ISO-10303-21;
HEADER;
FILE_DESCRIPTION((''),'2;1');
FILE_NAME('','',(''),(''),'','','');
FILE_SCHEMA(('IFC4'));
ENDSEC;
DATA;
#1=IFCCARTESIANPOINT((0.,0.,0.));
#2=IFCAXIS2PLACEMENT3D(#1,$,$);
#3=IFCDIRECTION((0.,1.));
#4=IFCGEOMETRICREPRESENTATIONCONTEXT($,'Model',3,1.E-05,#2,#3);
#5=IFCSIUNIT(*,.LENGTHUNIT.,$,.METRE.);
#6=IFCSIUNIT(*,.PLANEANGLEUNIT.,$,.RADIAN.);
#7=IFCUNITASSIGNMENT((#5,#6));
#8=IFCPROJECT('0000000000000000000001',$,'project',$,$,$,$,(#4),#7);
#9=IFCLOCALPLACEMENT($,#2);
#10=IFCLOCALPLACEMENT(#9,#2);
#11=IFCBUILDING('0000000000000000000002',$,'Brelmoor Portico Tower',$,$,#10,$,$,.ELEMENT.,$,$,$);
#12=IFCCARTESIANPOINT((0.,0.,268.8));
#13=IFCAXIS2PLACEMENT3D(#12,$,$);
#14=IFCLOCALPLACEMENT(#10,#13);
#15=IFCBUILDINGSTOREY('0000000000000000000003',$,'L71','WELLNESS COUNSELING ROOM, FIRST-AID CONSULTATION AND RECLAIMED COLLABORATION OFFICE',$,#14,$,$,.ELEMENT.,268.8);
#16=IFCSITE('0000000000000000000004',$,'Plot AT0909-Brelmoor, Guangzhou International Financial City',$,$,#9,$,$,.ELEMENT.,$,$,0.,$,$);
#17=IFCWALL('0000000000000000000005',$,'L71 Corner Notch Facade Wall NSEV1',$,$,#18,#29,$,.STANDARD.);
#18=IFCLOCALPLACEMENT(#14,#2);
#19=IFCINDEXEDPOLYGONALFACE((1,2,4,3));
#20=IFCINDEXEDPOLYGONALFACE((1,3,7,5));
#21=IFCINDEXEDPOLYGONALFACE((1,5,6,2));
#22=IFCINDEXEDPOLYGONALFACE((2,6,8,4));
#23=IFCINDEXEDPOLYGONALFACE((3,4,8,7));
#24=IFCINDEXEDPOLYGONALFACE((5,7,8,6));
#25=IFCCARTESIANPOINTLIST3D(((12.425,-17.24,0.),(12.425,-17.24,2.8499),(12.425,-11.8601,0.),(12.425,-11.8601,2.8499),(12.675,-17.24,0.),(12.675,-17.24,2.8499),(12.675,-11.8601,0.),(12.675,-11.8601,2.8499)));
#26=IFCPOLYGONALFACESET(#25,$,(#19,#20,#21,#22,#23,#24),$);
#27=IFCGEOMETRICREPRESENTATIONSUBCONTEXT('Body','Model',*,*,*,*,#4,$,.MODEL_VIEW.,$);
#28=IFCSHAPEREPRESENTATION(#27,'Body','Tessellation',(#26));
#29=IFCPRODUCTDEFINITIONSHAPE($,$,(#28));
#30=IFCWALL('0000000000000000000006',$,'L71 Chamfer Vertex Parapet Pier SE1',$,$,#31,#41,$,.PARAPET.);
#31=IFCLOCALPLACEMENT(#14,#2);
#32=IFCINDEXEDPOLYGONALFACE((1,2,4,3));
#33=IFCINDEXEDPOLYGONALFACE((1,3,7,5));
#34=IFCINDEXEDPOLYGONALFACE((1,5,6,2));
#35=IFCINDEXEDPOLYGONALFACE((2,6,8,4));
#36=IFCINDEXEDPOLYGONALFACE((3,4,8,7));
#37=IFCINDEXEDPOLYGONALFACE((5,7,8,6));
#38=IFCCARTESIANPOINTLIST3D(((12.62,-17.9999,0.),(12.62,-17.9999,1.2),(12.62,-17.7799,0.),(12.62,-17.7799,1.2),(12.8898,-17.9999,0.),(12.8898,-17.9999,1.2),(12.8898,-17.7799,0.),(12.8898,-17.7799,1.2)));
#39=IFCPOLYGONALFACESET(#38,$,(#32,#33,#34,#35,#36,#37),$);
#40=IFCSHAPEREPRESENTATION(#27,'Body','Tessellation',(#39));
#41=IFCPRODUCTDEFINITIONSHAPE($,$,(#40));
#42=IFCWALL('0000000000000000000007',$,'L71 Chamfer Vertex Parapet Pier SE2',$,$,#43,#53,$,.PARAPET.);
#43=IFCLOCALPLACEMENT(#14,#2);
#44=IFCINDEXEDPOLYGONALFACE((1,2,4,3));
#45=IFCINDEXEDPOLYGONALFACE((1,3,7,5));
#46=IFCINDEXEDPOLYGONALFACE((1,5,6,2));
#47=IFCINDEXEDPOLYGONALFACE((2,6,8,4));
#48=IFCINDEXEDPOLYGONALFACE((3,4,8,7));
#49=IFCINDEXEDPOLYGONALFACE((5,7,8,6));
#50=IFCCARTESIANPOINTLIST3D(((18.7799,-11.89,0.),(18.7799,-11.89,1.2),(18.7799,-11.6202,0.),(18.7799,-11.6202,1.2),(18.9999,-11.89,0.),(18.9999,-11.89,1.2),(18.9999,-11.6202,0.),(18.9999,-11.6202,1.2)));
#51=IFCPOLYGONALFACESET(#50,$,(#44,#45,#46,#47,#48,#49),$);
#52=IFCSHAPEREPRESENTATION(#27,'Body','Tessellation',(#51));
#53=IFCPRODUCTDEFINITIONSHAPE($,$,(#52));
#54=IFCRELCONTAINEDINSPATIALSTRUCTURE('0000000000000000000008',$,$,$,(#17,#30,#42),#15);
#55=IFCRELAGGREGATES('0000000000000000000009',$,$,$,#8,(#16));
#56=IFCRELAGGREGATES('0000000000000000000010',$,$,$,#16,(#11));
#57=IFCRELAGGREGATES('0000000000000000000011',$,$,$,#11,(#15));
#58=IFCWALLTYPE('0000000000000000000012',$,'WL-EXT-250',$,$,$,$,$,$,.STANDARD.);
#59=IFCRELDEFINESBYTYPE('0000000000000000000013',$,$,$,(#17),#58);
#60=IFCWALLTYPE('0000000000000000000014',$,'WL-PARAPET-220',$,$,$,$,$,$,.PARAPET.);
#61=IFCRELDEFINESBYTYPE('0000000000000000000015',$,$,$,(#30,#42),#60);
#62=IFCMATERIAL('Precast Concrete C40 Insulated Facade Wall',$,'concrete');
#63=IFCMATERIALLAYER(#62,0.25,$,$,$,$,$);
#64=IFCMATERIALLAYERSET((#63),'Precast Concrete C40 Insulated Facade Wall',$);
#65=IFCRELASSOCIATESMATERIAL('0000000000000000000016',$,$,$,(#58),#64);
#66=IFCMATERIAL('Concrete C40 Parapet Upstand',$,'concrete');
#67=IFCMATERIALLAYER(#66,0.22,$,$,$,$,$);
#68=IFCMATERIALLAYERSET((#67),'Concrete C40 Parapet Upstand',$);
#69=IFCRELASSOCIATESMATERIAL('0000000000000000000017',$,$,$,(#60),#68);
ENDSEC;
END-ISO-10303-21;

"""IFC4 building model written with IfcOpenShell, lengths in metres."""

from ifc_helpers import new_model, si_unit, direction, frame, frame_2d, origin, place, context, subcontext, project, spatial, rectangle, extrude, material, layer, layer_set, type_object, element, save


model = new_model("IFC4")

# Units and contexts
model_context = context("Model", 3, precision=1e-05, world=origin(), true_north=direction((0.0, 1.0)))
body_context = subcontext(model_context, "Body", "Model", "MODEL_VIEW")
ifc_project = project(units=[si_unit("LENGTHUNIT", "METRE"), si_unit("PLANEANGLEUNIT", "RADIAN")], contexts=[model_context])

# Site, building, storey
site_placement = place(None, origin())
site = spatial("IfcSite", under=ifc_project, at=site_placement, Name="Plot AT0909-Brelmoor, Guangzhou International Financial City", CompositionType="ELEMENT", RefElevation=0.0)
building_placement = place(site_placement, origin())
building = spatial("IfcBuilding", under=site, at=building_placement, Name="Brelmoor Portico Tower", CompositionType="ELEMENT")
storey_placement = place(building_placement, frame((0.0, 0.0, 268.8)))
storey = spatial("IfcBuildingStorey", under=building, at=storey_placement, Name="L71", Description="WELLNESS COUNSELING ROOM, FIRST-AID CONSULTATION AND RECLAIMED COLLABORATION OFFICE", CompositionType="ELEMENT", Elevation=268.8)

# Walls
ifc_material_1 = material(Name="Precast Concrete C40 Insulated Facade Wall", Category="concrete")
ifc_layer_1 = layer(ifc_material_1, 0.25)
ifc_layer_set_1 = layer_set([ifc_layer_1], Name="Precast Concrete C40 Insulated Facade Wall")
wall_type_1 = type_object("IfcWallType", Name="WL-EXT-250", PredefinedType="STANDARD", material=ifc_layer_set_1)
for number, where, z_axis, x_axis, name in (
    (1, (12.55, -17.24, 0.0), (0.0, 0.0, 1.0), (0.0, 1.0, 0.0), "L71 Corner Notch Facade Wall NSEV1"),
):
    element("IfcWall", number, at=place(storey_placement, frame(where, z_axis=z_axis, x_axis=x_axis)), inside=storey, type_object=wall_type_1, Name=name, PredefinedType="STANDARD", context=body_context, shape_type="SweptSolid", body=[
        extrude(rectangle(XDim=5.3799, YDim=0.25, at=frame_2d((2.6899, 0.0))), origin(), (0.0, 0.0, 1.0), 2.8499),
    ])
ifc_material_2 = material(Name="Concrete C40 Parapet Upstand", Category="concrete")
ifc_layer_2 = layer(ifc_material_2, 0.22)
ifc_layer_set_2 = layer_set([ifc_layer_2], Name="Concrete C40 Parapet Upstand")
wall_type_2 = type_object("IfcWallType", Name="WL-PARAPET-220", PredefinedType="PARAPET", material=ifc_layer_set_2)
for number, where, z_axis, x_axis, name in (
    (2, (12.6201, -17.8899, 0.0), (0.0, 0.0, 1.0), (1.0, 0.0, 0.0), "L71 Chamfer Vertex Parapet Pier SE1"),
    (3, (18.8899, -11.8899, 0.0), (0.0, 0.0, 1.0), (0.0, 1.0, 0.0), "L71 Chamfer Vertex Parapet Pier SE2"),
):
    element("IfcWall", number, at=place(storey_placement, frame(where, z_axis=z_axis, x_axis=x_axis)), inside=storey, type_object=wall_type_2, Name=name, PredefinedType="PARAPET", context=body_context, shape_type="SweptSolid", body=[
        extrude(rectangle(XDim=0.2698, YDim=0.22, at=frame_2d((0.1348, 0.0))), origin(), (0.0, 0.0, 1.0), 1.2),
    ])

save(model, "model.ifc")
